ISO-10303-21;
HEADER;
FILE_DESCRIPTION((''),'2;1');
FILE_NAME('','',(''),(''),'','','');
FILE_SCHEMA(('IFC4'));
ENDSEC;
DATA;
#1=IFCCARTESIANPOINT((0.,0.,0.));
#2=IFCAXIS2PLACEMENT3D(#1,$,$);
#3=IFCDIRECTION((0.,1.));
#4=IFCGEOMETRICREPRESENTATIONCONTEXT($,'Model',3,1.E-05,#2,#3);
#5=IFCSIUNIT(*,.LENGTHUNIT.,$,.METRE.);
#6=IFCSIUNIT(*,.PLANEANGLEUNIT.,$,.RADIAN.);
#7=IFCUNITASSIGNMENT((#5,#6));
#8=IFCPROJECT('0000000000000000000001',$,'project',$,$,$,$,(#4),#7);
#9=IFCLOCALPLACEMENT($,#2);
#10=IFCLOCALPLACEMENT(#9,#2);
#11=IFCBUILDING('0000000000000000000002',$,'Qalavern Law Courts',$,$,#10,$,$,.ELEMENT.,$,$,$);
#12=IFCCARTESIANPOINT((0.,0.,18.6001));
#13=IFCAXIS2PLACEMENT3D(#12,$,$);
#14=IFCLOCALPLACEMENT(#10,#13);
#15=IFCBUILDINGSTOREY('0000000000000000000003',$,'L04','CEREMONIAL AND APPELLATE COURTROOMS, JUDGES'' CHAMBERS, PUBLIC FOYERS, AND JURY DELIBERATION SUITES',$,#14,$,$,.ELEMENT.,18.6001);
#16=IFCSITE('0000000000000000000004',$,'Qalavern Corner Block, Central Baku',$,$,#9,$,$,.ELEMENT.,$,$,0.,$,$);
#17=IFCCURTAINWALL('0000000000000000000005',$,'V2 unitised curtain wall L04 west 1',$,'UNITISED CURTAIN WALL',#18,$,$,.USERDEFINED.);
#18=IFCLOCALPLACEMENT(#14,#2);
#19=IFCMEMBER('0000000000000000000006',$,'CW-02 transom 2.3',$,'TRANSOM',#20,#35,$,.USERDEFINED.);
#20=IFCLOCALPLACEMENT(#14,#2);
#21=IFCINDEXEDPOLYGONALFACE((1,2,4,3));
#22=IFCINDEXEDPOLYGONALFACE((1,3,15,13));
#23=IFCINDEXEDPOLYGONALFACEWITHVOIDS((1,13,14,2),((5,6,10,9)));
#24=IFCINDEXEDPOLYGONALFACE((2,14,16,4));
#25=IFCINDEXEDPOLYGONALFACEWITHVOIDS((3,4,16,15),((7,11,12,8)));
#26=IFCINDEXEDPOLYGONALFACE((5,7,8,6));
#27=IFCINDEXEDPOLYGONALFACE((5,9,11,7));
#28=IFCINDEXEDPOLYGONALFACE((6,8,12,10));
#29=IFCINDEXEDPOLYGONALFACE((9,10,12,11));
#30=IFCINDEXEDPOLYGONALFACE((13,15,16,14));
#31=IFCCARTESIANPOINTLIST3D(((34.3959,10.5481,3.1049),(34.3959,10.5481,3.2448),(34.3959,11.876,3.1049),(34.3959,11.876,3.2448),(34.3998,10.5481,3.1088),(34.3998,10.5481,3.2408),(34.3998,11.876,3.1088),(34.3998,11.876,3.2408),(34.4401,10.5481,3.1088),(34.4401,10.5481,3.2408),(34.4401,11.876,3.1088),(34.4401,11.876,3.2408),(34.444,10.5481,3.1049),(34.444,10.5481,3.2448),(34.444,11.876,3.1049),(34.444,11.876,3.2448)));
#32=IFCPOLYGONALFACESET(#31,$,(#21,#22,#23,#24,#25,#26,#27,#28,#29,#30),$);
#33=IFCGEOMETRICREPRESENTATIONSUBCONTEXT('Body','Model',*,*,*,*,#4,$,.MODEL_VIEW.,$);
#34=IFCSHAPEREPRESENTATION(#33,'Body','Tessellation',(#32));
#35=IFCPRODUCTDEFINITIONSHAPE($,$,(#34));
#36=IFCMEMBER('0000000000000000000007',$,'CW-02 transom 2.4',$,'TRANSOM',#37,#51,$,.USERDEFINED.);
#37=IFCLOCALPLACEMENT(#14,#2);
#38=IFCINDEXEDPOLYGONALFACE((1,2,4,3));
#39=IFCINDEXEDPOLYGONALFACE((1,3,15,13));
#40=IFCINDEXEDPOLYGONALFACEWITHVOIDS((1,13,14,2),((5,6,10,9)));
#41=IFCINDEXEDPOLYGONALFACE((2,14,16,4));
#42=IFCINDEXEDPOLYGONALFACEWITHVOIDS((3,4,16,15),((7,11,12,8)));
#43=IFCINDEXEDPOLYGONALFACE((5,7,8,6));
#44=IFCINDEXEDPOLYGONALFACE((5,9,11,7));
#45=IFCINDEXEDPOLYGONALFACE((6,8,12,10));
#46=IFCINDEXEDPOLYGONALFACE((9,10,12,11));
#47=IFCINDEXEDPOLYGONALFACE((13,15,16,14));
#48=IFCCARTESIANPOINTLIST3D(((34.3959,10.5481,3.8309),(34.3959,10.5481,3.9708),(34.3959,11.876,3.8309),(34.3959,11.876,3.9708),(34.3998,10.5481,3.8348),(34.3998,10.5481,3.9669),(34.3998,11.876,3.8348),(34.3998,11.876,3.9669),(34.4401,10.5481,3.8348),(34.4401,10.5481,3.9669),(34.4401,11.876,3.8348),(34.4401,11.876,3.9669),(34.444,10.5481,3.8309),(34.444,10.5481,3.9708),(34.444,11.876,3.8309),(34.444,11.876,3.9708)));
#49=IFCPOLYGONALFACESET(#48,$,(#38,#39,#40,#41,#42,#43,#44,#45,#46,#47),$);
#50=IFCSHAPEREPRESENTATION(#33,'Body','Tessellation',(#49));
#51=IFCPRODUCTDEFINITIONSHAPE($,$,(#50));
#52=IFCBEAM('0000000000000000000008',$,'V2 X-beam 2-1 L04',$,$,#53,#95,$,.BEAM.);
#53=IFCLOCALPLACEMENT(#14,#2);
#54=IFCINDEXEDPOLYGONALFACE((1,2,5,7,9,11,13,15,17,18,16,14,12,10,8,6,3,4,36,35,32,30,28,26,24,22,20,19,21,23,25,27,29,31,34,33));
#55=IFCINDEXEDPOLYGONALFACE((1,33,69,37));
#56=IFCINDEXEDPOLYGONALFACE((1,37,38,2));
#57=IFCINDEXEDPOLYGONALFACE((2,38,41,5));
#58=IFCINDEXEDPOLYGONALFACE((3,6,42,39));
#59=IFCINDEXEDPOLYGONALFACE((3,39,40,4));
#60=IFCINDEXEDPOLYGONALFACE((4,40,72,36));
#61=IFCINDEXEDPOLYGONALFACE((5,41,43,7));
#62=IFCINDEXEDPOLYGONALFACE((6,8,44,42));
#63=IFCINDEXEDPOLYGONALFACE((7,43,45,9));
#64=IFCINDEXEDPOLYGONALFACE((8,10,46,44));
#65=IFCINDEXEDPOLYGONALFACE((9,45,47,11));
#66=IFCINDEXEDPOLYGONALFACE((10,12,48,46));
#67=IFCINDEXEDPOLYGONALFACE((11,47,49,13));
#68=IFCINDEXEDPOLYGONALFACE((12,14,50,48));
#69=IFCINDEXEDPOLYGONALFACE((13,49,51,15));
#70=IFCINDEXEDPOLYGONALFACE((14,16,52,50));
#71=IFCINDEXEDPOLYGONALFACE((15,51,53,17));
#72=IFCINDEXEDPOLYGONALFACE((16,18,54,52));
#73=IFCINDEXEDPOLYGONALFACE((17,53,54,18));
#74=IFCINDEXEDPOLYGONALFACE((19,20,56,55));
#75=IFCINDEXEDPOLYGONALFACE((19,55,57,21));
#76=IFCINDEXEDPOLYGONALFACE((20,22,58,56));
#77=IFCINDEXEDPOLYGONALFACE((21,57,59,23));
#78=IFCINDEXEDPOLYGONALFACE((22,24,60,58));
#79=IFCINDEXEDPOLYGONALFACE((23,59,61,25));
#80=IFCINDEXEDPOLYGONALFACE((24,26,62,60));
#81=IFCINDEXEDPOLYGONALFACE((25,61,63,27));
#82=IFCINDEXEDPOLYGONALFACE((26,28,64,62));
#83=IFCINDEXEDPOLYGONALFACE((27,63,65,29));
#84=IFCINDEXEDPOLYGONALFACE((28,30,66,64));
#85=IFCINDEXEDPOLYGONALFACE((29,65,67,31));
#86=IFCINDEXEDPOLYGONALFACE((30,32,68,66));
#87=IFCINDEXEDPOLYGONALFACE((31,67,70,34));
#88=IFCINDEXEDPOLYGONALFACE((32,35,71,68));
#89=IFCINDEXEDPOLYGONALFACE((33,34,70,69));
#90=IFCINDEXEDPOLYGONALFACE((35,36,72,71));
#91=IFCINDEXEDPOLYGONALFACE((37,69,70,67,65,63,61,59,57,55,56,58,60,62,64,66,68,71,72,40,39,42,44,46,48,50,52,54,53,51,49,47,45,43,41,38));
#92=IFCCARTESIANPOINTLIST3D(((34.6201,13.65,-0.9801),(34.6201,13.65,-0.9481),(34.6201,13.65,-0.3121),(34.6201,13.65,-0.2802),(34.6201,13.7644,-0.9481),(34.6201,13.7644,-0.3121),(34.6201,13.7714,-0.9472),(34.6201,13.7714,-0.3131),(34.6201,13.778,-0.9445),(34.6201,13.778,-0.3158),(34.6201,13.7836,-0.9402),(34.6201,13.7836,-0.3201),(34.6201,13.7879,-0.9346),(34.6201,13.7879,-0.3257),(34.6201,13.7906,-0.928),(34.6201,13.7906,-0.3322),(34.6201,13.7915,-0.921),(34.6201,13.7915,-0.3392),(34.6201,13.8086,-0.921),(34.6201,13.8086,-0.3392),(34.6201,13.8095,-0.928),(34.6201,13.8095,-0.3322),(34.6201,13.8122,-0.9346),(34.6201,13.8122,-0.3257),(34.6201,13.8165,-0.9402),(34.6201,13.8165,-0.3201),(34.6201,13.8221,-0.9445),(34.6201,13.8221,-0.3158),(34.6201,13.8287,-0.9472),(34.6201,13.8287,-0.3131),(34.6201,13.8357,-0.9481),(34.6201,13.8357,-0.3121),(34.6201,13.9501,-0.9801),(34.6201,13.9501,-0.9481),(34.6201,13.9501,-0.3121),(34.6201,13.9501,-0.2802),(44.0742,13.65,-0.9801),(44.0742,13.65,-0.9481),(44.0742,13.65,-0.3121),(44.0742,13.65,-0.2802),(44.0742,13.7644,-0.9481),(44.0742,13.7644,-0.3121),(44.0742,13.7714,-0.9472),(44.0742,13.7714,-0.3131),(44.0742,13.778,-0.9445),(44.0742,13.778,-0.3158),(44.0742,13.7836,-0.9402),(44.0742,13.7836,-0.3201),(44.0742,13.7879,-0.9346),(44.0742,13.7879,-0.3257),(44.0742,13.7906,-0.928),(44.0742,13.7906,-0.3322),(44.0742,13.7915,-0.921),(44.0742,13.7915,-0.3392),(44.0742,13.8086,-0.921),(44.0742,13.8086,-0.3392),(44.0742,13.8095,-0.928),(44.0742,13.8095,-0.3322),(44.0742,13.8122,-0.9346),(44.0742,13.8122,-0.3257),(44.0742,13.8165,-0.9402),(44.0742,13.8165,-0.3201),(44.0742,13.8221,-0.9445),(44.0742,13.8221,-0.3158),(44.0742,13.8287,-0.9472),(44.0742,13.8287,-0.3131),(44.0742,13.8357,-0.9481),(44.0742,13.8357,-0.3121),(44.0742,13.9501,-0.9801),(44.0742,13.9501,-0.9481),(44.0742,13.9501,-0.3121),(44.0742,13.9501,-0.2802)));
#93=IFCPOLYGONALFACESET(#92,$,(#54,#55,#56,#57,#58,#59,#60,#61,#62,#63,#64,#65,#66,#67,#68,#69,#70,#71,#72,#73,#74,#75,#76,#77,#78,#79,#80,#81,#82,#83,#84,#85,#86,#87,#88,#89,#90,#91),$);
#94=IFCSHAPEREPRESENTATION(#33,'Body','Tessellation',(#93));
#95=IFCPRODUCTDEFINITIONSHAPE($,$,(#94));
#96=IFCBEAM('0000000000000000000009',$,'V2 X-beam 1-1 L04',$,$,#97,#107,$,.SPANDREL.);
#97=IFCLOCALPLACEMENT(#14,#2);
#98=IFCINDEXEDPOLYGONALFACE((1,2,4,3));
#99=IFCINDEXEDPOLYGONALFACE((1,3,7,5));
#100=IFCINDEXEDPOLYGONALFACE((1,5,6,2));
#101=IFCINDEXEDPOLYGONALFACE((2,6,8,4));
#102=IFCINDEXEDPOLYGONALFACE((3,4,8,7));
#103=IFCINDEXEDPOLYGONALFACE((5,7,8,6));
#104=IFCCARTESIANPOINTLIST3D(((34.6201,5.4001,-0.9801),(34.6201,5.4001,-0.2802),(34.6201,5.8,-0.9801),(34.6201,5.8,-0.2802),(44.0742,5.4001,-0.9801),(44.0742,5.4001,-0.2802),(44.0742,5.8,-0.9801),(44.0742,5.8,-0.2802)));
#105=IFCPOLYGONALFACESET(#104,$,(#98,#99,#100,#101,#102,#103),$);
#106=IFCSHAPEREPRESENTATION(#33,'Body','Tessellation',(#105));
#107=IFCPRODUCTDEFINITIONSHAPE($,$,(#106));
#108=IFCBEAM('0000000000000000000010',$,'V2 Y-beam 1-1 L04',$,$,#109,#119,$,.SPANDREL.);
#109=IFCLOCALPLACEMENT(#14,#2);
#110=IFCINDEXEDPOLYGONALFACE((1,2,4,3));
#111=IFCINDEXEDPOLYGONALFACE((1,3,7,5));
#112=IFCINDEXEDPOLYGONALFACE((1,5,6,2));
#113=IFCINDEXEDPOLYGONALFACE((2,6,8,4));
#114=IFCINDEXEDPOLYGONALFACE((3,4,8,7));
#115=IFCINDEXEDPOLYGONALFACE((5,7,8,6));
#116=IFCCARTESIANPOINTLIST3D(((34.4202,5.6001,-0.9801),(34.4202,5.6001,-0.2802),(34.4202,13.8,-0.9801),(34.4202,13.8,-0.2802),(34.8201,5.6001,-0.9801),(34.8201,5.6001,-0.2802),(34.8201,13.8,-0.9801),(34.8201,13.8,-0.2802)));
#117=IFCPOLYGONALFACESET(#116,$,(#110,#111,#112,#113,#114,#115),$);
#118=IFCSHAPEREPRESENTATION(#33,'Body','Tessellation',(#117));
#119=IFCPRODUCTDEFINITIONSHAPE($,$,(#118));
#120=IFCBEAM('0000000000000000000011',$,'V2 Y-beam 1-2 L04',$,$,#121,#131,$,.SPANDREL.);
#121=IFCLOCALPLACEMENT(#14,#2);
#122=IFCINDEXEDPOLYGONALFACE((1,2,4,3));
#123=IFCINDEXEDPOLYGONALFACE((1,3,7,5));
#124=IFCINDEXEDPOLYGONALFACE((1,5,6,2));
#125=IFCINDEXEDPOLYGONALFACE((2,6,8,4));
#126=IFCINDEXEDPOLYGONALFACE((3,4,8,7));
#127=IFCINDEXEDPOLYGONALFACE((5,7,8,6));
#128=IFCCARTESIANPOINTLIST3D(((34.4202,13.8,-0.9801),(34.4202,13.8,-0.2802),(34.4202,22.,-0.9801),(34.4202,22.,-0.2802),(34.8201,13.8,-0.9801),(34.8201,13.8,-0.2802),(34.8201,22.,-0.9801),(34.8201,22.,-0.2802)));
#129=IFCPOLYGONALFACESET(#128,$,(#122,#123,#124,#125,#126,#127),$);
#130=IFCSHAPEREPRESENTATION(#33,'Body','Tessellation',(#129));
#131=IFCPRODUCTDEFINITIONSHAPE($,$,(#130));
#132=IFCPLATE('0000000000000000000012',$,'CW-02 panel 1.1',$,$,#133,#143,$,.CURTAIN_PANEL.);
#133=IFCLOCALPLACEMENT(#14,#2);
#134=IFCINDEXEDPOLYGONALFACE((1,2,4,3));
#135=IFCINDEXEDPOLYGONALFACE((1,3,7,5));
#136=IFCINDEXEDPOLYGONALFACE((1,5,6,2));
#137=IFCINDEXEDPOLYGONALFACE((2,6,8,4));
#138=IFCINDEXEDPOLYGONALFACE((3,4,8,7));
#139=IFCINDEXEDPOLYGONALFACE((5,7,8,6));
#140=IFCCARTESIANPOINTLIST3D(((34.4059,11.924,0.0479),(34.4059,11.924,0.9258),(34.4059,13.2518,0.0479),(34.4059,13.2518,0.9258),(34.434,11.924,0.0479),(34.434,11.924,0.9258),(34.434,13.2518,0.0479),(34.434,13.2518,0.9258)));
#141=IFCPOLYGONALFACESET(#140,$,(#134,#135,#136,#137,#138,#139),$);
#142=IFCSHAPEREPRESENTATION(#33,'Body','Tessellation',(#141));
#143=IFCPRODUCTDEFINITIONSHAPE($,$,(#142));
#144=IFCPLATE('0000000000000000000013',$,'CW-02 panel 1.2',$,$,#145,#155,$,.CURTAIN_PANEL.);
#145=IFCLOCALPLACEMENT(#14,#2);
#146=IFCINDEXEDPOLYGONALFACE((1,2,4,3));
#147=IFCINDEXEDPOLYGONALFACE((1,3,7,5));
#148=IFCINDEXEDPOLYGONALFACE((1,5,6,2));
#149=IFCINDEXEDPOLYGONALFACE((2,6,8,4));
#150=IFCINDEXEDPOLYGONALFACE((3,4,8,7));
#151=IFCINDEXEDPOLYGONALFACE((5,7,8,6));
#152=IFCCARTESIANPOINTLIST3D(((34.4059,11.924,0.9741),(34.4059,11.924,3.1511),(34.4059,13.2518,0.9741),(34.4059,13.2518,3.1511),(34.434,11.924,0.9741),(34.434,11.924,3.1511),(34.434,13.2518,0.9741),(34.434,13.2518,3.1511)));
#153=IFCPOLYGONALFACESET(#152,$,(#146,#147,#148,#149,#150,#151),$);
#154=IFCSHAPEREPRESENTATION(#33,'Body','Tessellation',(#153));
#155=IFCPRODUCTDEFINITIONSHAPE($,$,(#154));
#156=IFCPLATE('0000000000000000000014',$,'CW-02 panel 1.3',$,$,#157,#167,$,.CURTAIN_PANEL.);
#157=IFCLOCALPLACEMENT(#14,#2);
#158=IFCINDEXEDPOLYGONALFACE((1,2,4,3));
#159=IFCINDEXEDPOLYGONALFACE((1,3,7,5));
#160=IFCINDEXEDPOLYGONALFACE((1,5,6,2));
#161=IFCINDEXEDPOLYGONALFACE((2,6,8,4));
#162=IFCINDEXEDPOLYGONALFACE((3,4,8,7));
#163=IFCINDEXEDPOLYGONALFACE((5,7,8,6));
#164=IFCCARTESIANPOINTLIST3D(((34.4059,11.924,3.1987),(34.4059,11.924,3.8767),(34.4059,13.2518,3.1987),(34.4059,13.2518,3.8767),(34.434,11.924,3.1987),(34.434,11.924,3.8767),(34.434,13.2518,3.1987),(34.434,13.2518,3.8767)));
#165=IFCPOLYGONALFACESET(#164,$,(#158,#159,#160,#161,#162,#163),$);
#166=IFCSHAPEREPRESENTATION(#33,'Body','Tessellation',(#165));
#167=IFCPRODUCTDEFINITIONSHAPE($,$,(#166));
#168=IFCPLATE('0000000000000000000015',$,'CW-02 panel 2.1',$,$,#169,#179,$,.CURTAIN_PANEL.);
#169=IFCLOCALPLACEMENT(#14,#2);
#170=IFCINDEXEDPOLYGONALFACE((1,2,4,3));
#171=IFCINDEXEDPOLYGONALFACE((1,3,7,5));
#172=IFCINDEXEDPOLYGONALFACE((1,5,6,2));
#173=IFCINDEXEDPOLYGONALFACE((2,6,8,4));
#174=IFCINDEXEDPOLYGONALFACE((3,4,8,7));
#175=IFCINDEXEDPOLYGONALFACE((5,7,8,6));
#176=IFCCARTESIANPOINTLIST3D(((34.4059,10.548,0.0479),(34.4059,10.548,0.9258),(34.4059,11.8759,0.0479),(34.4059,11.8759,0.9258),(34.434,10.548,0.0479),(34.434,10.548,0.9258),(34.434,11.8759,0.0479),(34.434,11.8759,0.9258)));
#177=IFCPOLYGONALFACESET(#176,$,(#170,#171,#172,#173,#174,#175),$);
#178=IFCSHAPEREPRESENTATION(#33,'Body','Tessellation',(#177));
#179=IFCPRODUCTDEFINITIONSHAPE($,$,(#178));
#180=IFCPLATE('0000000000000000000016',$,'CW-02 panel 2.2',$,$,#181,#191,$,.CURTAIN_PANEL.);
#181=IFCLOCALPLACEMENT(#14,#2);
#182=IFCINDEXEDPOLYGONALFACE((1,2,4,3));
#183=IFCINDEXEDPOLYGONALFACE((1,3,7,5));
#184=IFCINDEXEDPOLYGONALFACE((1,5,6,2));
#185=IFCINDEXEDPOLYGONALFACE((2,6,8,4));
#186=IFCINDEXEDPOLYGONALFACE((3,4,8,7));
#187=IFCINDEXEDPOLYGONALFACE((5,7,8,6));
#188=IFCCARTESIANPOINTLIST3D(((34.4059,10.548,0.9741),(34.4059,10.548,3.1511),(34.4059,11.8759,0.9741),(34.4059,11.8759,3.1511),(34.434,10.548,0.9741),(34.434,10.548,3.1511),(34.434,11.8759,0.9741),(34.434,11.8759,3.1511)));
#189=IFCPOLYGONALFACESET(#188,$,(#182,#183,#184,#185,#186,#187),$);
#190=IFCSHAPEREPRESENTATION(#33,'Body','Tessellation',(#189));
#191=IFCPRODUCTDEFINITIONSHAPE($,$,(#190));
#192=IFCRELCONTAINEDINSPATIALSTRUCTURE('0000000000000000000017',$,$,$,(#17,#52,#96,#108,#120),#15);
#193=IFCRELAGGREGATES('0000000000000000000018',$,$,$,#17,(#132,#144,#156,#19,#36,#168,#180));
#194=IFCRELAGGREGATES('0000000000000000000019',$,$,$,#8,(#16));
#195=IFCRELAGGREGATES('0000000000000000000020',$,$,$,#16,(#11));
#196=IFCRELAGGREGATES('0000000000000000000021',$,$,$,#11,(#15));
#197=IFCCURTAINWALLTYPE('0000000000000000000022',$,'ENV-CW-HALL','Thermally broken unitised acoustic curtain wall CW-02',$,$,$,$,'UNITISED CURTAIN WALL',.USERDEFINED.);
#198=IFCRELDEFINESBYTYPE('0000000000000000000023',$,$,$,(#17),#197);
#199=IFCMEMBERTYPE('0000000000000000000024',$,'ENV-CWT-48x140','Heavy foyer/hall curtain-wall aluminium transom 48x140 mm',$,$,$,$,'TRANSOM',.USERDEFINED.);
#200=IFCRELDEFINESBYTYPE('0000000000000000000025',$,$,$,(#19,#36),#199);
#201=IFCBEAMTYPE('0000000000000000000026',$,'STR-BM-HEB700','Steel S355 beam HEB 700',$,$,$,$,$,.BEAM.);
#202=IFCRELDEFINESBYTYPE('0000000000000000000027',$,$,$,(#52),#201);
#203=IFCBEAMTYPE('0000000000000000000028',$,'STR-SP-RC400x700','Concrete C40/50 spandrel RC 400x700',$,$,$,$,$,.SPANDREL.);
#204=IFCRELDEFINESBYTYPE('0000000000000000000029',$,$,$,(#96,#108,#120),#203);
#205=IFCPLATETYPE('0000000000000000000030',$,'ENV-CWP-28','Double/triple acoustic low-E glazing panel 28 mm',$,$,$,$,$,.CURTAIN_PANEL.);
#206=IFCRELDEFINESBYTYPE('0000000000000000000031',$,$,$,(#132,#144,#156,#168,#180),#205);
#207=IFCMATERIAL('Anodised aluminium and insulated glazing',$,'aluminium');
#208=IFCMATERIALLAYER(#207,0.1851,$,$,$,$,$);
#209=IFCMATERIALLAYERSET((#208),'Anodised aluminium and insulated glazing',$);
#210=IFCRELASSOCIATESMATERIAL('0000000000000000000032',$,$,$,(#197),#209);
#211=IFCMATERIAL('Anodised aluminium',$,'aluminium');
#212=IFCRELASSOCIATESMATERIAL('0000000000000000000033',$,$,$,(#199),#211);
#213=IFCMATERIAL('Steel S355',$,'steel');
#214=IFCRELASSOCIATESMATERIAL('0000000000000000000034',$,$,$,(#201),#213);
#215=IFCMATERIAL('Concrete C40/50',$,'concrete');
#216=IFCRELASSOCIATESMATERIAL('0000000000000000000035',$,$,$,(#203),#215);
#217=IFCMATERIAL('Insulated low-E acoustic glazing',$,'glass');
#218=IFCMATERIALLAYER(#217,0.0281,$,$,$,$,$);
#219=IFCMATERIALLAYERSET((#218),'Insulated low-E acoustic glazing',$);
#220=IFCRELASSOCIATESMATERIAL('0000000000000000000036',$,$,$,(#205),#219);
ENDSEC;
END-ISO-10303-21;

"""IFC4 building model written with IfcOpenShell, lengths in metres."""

from ifc_helpers import new_model, si_unit, direction, frame, origin, origin_2d, place, context, subcontext, project, spatial, rectangle, hollow_rectangle, i_section, extrude, material, layer, layer_set, material_profile, profile_set, type_object, element, aggregate, save


model = new_model("IFC4")

# Units and contexts
model_context = context("Model", 3, precision=1e-05, world=origin(), true_north=direction((0.0, 1.0)))
body_context = subcontext(model_context, "Body", "Model", "MODEL_VIEW")
ifc_project = project(units=[si_unit("LENGTHUNIT", "METRE"), si_unit("PLANEANGLEUNIT", "RADIAN")], contexts=[model_context])

# Site, building, storey
site_placement = place(None, origin())
site = spatial("IfcSite", under=ifc_project, at=site_placement, Name="Qalavern Corner Block, Central Baku", CompositionType="ELEMENT", RefElevation=0.0)
building_placement = place(site_placement, origin())
building = spatial("IfcBuilding", under=site, at=building_placement, Name="Qalavern Law Courts", CompositionType="ELEMENT")
storey_placement = place(building_placement, frame((0.0, 0.0, 18.6001)))
storey = spatial("IfcBuildingStorey", under=building, at=storey_placement, Name="L04", Description="CEREMONIAL AND APPELLATE COURTROOMS, JUDGES' CHAMBERS, PUBLIC FOYERS, AND JURY DELIBERATION SUITES", CompositionType="ELEMENT", Elevation=18.6001)

# Curtain wall, members
ifc_material_1 = material(Name="Anodised aluminium and insulated glazing", Category="aluminium")
ifc_layer_1 = layer(ifc_material_1, 0.1851)
ifc_layer_set_1 = layer_set([ifc_layer_1], Name="Anodised aluminium and insulated glazing")
curtain_wall_type = type_object("IfcCurtainWallType", Name="ENV-CW-HALL", Description="Thermally broken unitised acoustic curtain wall CW-02", ElementType="UNITISED CURTAIN WALL", PredefinedType="USERDEFINED", material=ifc_layer_set_1)
curtain_wall_placement = place(storey_placement, origin())
curtain_wall = element("IfcCurtainWall", 1, at=curtain_wall_placement, inside=storey, type_object=curtain_wall_type, Name="V2 unitised curtain wall L04 west 1", ObjectType="UNITISED CURTAIN WALL", PredefinedType="USERDEFINED")
ifc_material_2 = material(Name="Anodised aluminium", Category="aluminium")
ifc_material_profile_1 = material_profile(ifc_material_2, hollow_rectangle(XDim=0.0481, YDim=0.1399, WallThickness=0.0039, at=origin_2d()), Name="ALU TRANSOM 48x140")
ifc_profile_set_1 = profile_set([ifc_material_profile_1], Name="Anodised aluminium")
member_type_1 = type_object("IfcMemberType", Name="ENV-CWT-48x140", Description="Heavy foyer/hall curtain-wall aluminium transom 48x140 mm", ElementType="TRANSOM", PredefinedType="USERDEFINED", material=ifc_profile_set_1)
member_1_placement = place(storey_placement, frame((34.4199, 11.876, 3.1748), z_axis=(0.0, -1.0, 0.0), x_axis=(1.0, 0.0, 0.0)))
member_1 = element("IfcMember", 2, at=member_1_placement, type_object=member_type_1, Name="CW-02 transom 2.3", ObjectType="TRANSOM", PredefinedType="USERDEFINED", context=body_context, shape_type="SweptSolid", body=[
    extrude(hollow_rectangle(XDim=0.0481, YDim=0.1399, WallThickness=0.0039, at=origin_2d()), origin(), (0.0, 0.0, 1.0), 1.3279),
])
member_2_placement = place(storey_placement, frame((34.4199, 11.876, 3.9009), z_axis=(0.0, -1.0, 0.0), x_axis=(1.0, 0.0, 0.0)))
member_2 = element("IfcMember", 3, at=member_2_placement, type_object=member_type_1, Name="CW-02 transom 2.4", ObjectType="TRANSOM", PredefinedType="USERDEFINED", context=body_context, shape_type="SweptSolid", body=[
    extrude(hollow_rectangle(XDim=0.0481, YDim=0.1399, WallThickness=0.0039, at=origin_2d()), origin(), (0.0, 0.0, 1.0), 1.3279),
])

# Beams
ifc_material_3 = material(Name="Steel S355", Category="steel")
ifc_material_profile_2 = material_profile(ifc_material_3, i_section(OverallWidth=0.3, OverallDepth=0.7, WebThickness=0.0171, FlangeThickness=0.032, FilletRadius=0.0271, at=origin_2d()), Name="HEB 700")
ifc_profile_set_2 = profile_set([ifc_material_profile_2], Name="Steel S355")
beam_type_1 = type_object("IfcBeamType", Name="STR-BM-HEB700", Description="Steel S355 beam HEB 700", PredefinedType="BEAM", material=ifc_profile_set_2)
beam_1_placement = place(storey_placement, frame((34.6201, 13.8, -0.6301), z_axis=(1.0, 0.0, 0.0), x_axis=(0.0, 1.0, 0.0)))
element("IfcBeam", 4, at=beam_1_placement, inside=storey, type_object=beam_type_1, Name="V2 X-beam 2-1 L04", PredefinedType="BEAM", context=body_context, shape_type="SweptSolid", body=[
    extrude(i_section(OverallWidth=0.3, OverallDepth=0.7, WebThickness=0.0171, FlangeThickness=0.032, FilletRadius=0.0271, at=origin_2d()), origin(), (0.0, 0.0, 1.0), 9.4541),
])
ifc_material_4 = material(Name="Concrete C40/50", Category="concrete")
ifc_material_profile_3 = material_profile(ifc_material_4, rectangle(XDim=0.3999, YDim=0.7, at=origin_2d()), Name="RC 400x700")
ifc_profile_set_3 = profile_set([ifc_material_profile_3], Name="Concrete C40/50")
beam_type_2 = type_object("IfcBeamType", Name="STR-SP-RC400x700", Description="Concrete C40/50 spandrel RC 400x700", PredefinedType="SPANDREL", material=ifc_profile_set_3)
beam_2_placement = place(storey_placement, frame((34.6201, 5.6001, -0.6301), z_axis=(1.0, 0.0, 0.0), x_axis=(0.0, 1.0, 0.0)))
element("IfcBeam", 5, at=beam_2_placement, inside=storey, type_object=beam_type_2, Name="V2 X-beam 1-1 L04", PredefinedType="SPANDREL", context=body_context, shape_type="SweptSolid", body=[
    extrude(rectangle(XDim=0.3999, YDim=0.7, at=origin_2d()), origin(), (0.0, 0.0, 1.0), 9.4541),
])
for number, where, z_axis, x_axis, name in (
    (6, (34.6201, 5.6001, -0.6301), (0.0, 1.0, 0.0), (-1.0, 0.0, 0.0), "V2 Y-beam 1-1 L04"),
    (7, (34.6201, 13.8, -0.6301), (0.0, 1.0, 0.0), (-1.0, 0.0, 0.0), "V2 Y-beam 1-2 L04"),
):
    element("IfcBeam", number, at=place(storey_placement, frame(where, z_axis=z_axis, x_axis=x_axis)), inside=storey, type_object=beam_type_2, Name=name, PredefinedType="SPANDREL", context=body_context, shape_type="SweptSolid", body=[
        extrude(rectangle(XDim=0.3999, YDim=0.7, at=origin_2d()), origin(), (0.0, 0.0, 1.0), 8.2),
    ])

# Plates
ifc_material_5 = material(Name="Insulated low-E acoustic glazing", Category="glass")
ifc_layer_2 = layer(ifc_material_5, 0.0281)
ifc_layer_set_2 = layer_set([ifc_layer_2], Name="Insulated low-E acoustic glazing")
plate_type = type_object("IfcPlateType", Name="ENV-CWP-28", Description="Double/triple acoustic low-E glazing panel 28 mm", PredefinedType="CURTAIN_PANEL", material=ifc_layer_set_2)
plate_1_placement = place(storey_placement, frame((34.4199, 12.5879, 0.0479), z_axis=(0.0, 0.0, 1.0), x_axis=(0.0, -1.0, 0.0)))
plate_1 = element("IfcPlate", 8, at=plate_1_placement, type_object=plate_type, Name="CW-02 panel 1.1", PredefinedType="CURTAIN_PANEL", context=body_context, shape_type="SweptSolid", body=[
    extrude(rectangle(XDim=1.3279, YDim=0.0281, at=origin_2d()), origin(), (0.0, 0.0, 1.0), 0.8779),
])
plate_2_placement = place(storey_placement, frame((34.4199, 12.5879, 0.9741), z_axis=(0.0, 0.0, 1.0), x_axis=(0.0, -1.0, 0.0)))
plate_2 = element("IfcPlate", 9, at=plate_2_placement, type_object=plate_type, Name="CW-02 panel 1.2", PredefinedType="CURTAIN_PANEL", context=body_context, shape_type="SweptSolid", body=[
    extrude(rectangle(XDim=1.3279, YDim=0.0281, at=origin_2d()), origin(), (0.0, 0.0, 1.0), 2.177),
])
plate_3_placement = place(storey_placement, frame((34.4199, 12.5879, 3.1987), z_axis=(0.0, 0.0, 1.0), x_axis=(0.0, -1.0, 0.0)))
plate_3 = element("IfcPlate", 10, at=plate_3_placement, type_object=plate_type, Name="CW-02 panel 1.3", PredefinedType="CURTAIN_PANEL", context=body_context, shape_type="SweptSolid", body=[
    extrude(rectangle(XDim=1.3279, YDim=0.0281, at=origin_2d()), origin(), (0.0, 0.0, 1.0), 0.678),
])
plate_4_placement = place(storey_placement, frame((34.4199, 11.2119, 0.0479), z_axis=(0.0, 0.0, 1.0), x_axis=(0.0, -1.0, 0.0)))
plate_4 = element("IfcPlate", 11, at=plate_4_placement, type_object=plate_type, Name="CW-02 panel 2.1", PredefinedType="CURTAIN_PANEL", context=body_context, shape_type="SweptSolid", body=[
    extrude(rectangle(XDim=1.3279, YDim=0.0281, at=origin_2d()), origin(), (0.0, 0.0, 1.0), 0.8779),
])
plate_5_placement = place(storey_placement, frame((34.4199, 11.2119, 0.9741), z_axis=(0.0, 0.0, 1.0), x_axis=(0.0, -1.0, 0.0)))
plate_5 = element("IfcPlate", 12, at=plate_5_placement, type_object=plate_type, Name="CW-02 panel 2.2", PredefinedType="CURTAIN_PANEL", context=body_context, shape_type="SweptSolid", body=[
    extrude(rectangle(XDim=1.3279, YDim=0.0281, at=origin_2d()), origin(), (0.0, 0.0, 1.0), 2.177),
])
aggregate(curtain_wall, [plate_1, plate_2, plate_3, member_1, member_2, plate_4, plate_5])

save(model, "model.ifc")
